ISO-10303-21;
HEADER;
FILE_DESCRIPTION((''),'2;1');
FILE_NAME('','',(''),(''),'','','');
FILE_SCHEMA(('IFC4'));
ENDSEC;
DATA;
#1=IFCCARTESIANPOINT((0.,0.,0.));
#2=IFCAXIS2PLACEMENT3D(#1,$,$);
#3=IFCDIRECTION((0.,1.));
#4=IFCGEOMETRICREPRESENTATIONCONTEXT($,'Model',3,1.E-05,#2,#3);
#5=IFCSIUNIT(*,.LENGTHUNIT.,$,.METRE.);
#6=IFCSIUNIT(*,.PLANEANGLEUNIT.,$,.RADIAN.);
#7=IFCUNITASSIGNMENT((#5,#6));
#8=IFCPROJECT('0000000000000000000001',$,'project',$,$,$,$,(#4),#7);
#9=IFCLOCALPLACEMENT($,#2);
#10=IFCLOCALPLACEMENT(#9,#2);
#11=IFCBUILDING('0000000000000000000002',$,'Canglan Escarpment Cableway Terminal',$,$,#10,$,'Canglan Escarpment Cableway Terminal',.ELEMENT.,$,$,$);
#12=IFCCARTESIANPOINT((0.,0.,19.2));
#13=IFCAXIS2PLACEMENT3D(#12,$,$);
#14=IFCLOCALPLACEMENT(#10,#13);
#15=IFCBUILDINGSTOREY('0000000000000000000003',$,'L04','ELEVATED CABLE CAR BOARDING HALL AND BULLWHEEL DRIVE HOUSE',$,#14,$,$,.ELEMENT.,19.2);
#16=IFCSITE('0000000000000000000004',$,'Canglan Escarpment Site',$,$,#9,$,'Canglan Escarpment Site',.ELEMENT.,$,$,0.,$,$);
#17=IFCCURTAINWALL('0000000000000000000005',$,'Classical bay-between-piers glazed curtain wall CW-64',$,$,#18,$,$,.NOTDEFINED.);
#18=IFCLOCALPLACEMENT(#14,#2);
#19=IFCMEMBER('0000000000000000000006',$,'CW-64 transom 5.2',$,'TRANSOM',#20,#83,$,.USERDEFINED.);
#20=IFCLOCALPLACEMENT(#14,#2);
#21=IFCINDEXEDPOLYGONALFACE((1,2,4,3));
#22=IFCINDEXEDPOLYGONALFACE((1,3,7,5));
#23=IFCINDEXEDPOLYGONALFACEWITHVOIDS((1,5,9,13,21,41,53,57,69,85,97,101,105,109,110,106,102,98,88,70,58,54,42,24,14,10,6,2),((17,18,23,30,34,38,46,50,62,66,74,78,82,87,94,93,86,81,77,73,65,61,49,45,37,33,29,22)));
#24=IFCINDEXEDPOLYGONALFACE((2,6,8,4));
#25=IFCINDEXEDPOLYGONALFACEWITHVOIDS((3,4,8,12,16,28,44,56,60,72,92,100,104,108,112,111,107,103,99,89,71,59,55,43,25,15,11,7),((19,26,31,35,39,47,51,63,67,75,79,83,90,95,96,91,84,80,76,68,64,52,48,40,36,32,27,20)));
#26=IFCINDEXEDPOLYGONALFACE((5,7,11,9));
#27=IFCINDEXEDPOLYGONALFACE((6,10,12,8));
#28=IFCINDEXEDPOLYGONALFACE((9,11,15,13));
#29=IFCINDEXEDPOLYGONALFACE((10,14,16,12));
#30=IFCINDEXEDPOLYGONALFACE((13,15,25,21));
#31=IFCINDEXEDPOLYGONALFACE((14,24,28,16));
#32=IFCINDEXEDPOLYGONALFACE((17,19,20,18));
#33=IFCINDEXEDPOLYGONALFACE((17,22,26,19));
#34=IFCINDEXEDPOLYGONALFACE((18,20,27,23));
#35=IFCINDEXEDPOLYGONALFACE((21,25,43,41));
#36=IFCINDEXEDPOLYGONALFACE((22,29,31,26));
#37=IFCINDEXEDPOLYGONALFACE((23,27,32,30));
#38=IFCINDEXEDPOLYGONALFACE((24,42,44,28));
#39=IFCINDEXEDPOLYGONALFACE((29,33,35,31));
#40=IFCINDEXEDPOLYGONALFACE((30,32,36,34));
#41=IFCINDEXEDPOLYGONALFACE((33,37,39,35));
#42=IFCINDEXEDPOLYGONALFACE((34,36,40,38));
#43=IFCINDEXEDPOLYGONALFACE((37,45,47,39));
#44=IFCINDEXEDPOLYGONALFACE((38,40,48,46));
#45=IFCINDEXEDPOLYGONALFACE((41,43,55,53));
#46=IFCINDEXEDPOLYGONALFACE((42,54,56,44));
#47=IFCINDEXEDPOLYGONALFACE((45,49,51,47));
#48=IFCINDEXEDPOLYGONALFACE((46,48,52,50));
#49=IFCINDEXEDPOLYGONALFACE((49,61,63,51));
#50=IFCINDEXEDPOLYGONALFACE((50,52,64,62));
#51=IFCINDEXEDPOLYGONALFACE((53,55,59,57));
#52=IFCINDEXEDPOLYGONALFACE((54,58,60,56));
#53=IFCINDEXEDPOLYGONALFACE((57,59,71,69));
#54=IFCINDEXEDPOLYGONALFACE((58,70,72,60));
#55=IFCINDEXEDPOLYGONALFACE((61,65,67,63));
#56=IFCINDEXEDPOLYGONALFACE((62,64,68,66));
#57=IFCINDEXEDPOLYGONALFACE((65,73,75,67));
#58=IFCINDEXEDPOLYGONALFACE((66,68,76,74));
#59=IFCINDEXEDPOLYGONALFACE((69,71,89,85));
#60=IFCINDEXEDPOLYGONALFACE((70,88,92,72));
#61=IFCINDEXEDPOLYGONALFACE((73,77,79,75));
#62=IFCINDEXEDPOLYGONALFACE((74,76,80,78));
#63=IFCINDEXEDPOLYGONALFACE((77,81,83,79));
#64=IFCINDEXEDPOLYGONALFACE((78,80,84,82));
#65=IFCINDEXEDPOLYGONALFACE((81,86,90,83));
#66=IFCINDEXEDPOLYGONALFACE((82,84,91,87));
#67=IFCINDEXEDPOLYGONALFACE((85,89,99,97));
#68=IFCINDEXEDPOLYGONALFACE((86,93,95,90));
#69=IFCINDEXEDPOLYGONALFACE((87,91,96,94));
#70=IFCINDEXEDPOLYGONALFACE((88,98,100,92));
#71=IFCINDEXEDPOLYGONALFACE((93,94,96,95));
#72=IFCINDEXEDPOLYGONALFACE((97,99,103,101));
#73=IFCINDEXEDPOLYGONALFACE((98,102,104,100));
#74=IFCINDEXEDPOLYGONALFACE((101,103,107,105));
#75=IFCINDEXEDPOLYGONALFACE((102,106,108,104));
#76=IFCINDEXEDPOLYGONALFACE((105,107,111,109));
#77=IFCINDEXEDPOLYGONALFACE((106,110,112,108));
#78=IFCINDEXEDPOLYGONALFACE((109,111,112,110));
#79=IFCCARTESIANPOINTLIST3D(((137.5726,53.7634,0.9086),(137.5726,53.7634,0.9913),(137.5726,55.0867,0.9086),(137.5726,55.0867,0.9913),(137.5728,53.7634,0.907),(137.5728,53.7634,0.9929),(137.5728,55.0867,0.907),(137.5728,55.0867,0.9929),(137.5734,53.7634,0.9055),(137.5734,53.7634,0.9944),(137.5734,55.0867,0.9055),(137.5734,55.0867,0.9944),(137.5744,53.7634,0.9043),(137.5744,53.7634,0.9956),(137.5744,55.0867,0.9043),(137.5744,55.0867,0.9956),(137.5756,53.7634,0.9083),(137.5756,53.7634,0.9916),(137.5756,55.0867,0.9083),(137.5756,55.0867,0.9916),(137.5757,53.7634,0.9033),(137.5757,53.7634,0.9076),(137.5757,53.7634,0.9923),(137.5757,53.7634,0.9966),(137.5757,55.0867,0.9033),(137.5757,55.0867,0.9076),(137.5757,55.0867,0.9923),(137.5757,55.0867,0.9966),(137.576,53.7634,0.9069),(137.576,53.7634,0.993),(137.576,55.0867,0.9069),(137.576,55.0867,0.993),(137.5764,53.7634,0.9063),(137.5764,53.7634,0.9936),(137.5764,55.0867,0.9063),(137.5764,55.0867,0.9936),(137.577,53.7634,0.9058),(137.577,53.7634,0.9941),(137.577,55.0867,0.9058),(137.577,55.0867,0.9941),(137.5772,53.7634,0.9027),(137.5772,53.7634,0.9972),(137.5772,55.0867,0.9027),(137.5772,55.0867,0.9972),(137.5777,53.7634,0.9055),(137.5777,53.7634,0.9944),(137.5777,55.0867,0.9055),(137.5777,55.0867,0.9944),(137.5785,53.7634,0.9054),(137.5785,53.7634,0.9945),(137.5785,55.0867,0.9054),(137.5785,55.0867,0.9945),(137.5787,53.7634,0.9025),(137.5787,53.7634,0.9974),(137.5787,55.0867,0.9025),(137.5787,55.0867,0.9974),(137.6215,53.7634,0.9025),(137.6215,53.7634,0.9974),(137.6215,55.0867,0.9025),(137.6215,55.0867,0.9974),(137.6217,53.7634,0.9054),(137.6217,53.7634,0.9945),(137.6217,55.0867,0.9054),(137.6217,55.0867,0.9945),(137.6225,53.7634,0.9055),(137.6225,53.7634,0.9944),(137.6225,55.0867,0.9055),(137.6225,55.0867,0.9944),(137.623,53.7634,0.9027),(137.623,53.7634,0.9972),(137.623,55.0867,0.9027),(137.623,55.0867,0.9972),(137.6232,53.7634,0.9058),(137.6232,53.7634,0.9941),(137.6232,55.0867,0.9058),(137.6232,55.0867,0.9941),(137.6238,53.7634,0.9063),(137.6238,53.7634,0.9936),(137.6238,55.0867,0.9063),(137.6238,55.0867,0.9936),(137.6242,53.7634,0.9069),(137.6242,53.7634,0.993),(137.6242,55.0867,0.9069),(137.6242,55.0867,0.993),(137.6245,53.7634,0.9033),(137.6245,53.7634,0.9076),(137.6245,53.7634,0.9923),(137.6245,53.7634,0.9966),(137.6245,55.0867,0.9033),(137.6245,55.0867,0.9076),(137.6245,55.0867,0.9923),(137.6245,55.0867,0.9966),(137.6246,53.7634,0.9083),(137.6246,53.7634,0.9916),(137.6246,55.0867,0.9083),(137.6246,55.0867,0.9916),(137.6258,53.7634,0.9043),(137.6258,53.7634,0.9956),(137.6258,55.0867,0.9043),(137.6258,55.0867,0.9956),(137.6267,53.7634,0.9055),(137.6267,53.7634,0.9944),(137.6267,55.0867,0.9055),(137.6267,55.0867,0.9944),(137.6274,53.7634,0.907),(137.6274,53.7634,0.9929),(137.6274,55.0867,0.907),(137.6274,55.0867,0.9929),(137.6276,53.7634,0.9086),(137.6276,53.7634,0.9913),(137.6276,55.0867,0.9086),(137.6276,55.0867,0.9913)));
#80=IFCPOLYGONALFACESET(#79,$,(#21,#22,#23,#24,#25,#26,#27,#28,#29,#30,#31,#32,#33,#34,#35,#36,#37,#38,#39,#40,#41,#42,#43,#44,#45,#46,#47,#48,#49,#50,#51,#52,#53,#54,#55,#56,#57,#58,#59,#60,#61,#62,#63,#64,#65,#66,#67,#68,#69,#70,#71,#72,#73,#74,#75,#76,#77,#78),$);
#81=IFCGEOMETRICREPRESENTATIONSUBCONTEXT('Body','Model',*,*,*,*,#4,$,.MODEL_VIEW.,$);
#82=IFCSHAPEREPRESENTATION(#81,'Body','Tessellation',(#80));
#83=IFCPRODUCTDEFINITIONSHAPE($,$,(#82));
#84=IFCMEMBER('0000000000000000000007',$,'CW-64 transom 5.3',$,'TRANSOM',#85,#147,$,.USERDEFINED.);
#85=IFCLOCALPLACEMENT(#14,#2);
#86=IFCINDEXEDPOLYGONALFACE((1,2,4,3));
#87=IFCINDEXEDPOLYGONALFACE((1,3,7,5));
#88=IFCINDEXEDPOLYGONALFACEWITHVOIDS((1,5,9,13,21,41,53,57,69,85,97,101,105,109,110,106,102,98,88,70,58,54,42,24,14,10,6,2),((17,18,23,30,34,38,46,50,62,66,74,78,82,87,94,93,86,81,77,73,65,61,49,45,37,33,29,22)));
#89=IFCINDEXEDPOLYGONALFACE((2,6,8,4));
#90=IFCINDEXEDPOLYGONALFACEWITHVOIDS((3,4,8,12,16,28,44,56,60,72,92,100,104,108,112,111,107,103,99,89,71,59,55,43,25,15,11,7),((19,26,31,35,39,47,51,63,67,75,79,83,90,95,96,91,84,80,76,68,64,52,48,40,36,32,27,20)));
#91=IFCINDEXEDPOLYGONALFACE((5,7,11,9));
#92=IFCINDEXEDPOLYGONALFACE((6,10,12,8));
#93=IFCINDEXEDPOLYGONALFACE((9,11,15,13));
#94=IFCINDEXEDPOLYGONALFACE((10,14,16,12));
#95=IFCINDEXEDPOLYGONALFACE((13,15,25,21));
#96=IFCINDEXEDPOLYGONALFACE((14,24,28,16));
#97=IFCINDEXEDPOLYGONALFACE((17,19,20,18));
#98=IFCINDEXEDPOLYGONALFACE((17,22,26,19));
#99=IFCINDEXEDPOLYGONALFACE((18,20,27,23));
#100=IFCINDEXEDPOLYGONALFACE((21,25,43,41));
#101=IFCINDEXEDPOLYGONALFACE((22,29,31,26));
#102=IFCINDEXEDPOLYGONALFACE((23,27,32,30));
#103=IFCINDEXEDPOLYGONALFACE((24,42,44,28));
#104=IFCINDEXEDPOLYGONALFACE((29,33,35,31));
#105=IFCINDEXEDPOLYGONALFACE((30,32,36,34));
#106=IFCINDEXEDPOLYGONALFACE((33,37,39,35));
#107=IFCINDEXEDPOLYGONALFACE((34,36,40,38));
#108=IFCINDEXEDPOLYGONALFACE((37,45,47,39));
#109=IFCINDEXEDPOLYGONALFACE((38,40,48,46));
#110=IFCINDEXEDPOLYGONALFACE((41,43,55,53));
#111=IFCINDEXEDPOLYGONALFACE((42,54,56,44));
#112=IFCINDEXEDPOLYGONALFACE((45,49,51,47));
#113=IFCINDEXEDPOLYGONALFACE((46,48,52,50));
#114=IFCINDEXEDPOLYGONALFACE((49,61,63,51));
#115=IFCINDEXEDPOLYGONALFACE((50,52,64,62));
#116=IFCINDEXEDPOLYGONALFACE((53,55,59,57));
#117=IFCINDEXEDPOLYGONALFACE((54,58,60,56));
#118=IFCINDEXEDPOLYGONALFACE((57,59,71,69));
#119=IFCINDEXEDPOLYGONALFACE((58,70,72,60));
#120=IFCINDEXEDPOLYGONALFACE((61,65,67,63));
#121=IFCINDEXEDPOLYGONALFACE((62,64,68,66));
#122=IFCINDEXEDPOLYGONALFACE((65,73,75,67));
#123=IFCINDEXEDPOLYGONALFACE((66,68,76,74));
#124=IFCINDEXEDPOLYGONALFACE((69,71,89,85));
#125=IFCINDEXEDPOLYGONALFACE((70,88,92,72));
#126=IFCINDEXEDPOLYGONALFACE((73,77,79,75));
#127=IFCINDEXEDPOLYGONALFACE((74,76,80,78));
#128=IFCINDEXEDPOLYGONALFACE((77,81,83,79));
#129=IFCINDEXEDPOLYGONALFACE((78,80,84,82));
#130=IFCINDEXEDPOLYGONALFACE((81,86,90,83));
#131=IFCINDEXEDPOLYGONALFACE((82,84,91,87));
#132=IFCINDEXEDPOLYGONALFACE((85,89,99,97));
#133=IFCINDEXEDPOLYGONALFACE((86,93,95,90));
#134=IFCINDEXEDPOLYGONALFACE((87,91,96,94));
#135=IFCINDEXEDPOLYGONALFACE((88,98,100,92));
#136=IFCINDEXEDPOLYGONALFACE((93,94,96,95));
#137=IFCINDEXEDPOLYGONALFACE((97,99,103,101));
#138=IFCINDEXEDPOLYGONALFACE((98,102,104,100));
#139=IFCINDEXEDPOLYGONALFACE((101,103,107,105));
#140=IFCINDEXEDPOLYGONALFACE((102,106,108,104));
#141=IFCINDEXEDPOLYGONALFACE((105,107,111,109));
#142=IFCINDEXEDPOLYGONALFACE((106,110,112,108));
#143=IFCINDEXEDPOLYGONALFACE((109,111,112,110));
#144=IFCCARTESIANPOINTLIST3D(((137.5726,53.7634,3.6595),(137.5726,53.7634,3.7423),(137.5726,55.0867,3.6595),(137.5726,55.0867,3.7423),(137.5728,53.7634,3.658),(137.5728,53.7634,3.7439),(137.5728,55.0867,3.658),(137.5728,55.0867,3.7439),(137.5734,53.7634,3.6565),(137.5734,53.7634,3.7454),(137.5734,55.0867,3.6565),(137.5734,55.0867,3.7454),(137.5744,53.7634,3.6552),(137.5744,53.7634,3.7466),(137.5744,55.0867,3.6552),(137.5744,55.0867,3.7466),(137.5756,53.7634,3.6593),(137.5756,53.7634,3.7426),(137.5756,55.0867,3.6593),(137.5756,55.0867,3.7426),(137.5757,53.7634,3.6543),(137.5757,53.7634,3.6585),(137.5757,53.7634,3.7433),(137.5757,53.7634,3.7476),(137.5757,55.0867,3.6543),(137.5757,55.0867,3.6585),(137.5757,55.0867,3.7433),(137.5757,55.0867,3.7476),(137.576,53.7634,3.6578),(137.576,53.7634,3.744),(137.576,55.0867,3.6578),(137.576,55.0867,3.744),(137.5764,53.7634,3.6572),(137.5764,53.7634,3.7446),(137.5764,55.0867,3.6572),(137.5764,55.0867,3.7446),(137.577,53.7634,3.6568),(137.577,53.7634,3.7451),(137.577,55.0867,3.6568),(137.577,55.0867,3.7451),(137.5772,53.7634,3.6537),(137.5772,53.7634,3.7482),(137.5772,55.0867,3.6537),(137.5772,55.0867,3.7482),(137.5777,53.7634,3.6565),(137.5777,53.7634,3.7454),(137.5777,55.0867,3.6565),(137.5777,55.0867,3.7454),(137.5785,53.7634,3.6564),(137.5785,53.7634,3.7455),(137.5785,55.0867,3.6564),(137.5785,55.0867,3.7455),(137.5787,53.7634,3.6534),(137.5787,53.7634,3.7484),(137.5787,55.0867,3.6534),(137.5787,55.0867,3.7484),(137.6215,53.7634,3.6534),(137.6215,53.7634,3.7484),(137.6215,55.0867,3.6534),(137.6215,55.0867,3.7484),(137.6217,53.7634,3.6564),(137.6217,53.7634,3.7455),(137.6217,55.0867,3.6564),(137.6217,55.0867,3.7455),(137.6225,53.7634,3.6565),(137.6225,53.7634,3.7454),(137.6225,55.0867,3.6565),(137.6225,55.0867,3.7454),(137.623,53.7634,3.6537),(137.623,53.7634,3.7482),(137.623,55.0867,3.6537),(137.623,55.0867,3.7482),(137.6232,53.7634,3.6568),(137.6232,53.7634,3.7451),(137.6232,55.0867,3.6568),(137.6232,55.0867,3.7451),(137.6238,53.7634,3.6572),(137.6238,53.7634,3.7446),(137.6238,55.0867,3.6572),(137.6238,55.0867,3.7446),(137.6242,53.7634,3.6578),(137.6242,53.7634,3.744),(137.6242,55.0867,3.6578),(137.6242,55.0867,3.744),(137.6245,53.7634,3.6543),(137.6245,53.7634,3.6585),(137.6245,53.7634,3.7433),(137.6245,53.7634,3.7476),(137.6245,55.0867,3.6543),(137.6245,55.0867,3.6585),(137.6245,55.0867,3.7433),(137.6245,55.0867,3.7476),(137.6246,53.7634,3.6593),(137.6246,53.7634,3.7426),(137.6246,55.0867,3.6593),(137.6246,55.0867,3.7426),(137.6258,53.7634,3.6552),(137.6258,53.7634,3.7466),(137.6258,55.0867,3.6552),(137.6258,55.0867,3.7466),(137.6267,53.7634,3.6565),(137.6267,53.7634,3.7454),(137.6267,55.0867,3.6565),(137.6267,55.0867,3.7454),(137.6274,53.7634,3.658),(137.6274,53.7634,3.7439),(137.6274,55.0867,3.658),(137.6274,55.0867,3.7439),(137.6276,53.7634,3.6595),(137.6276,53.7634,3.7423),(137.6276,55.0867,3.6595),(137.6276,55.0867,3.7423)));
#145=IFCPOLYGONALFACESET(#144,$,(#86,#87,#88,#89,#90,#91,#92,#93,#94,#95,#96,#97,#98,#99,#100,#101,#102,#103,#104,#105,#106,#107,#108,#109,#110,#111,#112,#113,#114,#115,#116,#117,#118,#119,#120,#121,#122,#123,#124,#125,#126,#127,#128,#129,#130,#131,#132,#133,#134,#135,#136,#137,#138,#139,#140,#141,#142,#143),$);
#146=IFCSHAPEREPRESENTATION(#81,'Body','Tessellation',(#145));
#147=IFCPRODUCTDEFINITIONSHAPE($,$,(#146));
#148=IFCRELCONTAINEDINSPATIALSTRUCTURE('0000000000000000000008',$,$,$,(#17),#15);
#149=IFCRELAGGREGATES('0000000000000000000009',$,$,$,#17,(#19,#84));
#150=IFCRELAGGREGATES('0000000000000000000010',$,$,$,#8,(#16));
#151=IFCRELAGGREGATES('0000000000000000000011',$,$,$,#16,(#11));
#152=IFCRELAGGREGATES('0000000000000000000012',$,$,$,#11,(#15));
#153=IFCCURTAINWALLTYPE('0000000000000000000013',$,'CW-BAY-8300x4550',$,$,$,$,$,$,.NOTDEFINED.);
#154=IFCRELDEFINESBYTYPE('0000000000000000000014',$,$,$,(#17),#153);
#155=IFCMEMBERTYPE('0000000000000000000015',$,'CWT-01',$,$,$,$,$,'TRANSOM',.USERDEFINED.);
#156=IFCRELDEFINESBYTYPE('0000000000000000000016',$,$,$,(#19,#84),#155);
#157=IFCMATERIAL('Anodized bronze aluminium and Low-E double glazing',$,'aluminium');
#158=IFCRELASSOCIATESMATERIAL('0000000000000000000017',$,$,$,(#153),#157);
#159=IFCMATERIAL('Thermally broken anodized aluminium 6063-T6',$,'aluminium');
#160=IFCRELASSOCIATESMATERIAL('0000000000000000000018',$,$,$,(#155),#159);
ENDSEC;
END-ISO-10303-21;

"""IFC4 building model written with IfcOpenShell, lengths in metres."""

from ifc_helpers import new_model, si_unit, direction, frame, origin, origin_2d, place, context, subcontext, project, spatial, hollow_rectangle, extrude, material, material_profile, profile_set, type_object, element, aggregate, save


model = new_model("IFC4")

# Units and contexts
model_context = context("Model", 3, precision=1e-05, world=origin(), true_north=direction((0.0, 1.0)))
body_context = subcontext(model_context, "Body", "Model", "MODEL_VIEW")
ifc_project = project(units=[si_unit("LENGTHUNIT", "METRE"), si_unit("PLANEANGLEUNIT", "RADIAN")], contexts=[model_context])

# Site, building, storey
site_placement = place(None, origin())
site = spatial("IfcSite", under=ifc_project, at=site_placement, Name="Canglan Escarpment Site", LongName="Canglan Escarpment Site", CompositionType="ELEMENT", RefElevation=0.0)
building_placement = place(site_placement, origin())
building = spatial("IfcBuilding", under=site, at=building_placement, Name="Canglan Escarpment Cableway Terminal", LongName="Canglan Escarpment Cableway Terminal", CompositionType="ELEMENT")
storey_placement = place(building_placement, frame((0.0, 0.0, 19.2)))
storey = spatial("IfcBuildingStorey", under=building, at=storey_placement, Name="L04", Description="ELEVATED CABLE CAR BOARDING HALL AND BULLWHEEL DRIVE HOUSE", CompositionType="ELEMENT", Elevation=19.2)

# Curtain wall, members
ifc_material_1 = material(Name="Anodized bronze aluminium and Low-E double glazing", Category="aluminium")
curtain_wall_type = type_object("IfcCurtainWallType", Name="CW-BAY-8300x4550", PredefinedType="NOTDEFINED", material=ifc_material_1)
curtain_wall_placement = place(storey_placement, origin())
curtain_wall = element("IfcCurtainWall", 1, at=curtain_wall_placement, inside=storey, type_object=curtain_wall_type, Name="Classical bay-between-piers glazed curtain wall CW-64", PredefinedType="NOTDEFINED")
ifc_material_2 = material(Name="Thermally broken anodized aluminium 6063-T6", Category="aluminium")
ifc_material_profile_1 = material_profile(ifc_material_2, hollow_rectangle(XDim=0.0549, YDim=0.095, WallThickness=0.0029, InnerFilletRadius=0.0029, OuterFilletRadius=0.0061, at=origin_2d()), Name="ALU-TRAN 55x95x3")
ifc_profile_set_1 = profile_set([ifc_material_profile_1], Name="Thermally broken anodized aluminium 6063-T6")
member_type_1 = type_object("IfcMemberType", Name="CWT-01", ElementType="TRANSOM", PredefinedType="USERDEFINED", material=ifc_profile_set_1)
member_1_placement = place(storey_placement, frame((137.6001, 55.0867, 0.95), z_axis=(0.0, -1.0, 0.0), x_axis=(1.0, 0.0, 0.0)))
member_1 = element("IfcMember", 2, at=member_1_placement, type_object=member_type_1, Name="CW-64 transom 5.2", ObjectType="TRANSOM", PredefinedType="USERDEFINED", context=body_context, shape_type="SweptSolid", body=[
    extrude(hollow_rectangle(XDim=0.0549, YDim=0.095, WallThickness=0.0029, InnerFilletRadius=0.0029, OuterFilletRadius=0.0061, at=origin_2d()), origin(), (0.0, 0.0, 1.0), 1.3232),
])
member_2_placement = place(storey_placement, frame((137.6001, 55.0867, 3.7009), z_axis=(0.0, -1.0, 0.0), x_axis=(1.0, 0.0, 0.0)))
member_2 = element("IfcMember", 3, at=member_2_placement, type_object=member_type_1, Name="CW-64 transom 5.3", ObjectType="TRANSOM", PredefinedType="USERDEFINED", context=body_context, shape_type="SweptSolid", body=[
    extrude(hollow_rectangle(XDim=0.0549, YDim=0.095, WallThickness=0.0029, InnerFilletRadius=0.0029, OuterFilletRadius=0.0061, at=origin_2d()), origin(), (0.0, 0.0, 1.0), 1.3232),
])
aggregate(curtain_wall, [member_1, member_2])

save(model, "model.ifc")
